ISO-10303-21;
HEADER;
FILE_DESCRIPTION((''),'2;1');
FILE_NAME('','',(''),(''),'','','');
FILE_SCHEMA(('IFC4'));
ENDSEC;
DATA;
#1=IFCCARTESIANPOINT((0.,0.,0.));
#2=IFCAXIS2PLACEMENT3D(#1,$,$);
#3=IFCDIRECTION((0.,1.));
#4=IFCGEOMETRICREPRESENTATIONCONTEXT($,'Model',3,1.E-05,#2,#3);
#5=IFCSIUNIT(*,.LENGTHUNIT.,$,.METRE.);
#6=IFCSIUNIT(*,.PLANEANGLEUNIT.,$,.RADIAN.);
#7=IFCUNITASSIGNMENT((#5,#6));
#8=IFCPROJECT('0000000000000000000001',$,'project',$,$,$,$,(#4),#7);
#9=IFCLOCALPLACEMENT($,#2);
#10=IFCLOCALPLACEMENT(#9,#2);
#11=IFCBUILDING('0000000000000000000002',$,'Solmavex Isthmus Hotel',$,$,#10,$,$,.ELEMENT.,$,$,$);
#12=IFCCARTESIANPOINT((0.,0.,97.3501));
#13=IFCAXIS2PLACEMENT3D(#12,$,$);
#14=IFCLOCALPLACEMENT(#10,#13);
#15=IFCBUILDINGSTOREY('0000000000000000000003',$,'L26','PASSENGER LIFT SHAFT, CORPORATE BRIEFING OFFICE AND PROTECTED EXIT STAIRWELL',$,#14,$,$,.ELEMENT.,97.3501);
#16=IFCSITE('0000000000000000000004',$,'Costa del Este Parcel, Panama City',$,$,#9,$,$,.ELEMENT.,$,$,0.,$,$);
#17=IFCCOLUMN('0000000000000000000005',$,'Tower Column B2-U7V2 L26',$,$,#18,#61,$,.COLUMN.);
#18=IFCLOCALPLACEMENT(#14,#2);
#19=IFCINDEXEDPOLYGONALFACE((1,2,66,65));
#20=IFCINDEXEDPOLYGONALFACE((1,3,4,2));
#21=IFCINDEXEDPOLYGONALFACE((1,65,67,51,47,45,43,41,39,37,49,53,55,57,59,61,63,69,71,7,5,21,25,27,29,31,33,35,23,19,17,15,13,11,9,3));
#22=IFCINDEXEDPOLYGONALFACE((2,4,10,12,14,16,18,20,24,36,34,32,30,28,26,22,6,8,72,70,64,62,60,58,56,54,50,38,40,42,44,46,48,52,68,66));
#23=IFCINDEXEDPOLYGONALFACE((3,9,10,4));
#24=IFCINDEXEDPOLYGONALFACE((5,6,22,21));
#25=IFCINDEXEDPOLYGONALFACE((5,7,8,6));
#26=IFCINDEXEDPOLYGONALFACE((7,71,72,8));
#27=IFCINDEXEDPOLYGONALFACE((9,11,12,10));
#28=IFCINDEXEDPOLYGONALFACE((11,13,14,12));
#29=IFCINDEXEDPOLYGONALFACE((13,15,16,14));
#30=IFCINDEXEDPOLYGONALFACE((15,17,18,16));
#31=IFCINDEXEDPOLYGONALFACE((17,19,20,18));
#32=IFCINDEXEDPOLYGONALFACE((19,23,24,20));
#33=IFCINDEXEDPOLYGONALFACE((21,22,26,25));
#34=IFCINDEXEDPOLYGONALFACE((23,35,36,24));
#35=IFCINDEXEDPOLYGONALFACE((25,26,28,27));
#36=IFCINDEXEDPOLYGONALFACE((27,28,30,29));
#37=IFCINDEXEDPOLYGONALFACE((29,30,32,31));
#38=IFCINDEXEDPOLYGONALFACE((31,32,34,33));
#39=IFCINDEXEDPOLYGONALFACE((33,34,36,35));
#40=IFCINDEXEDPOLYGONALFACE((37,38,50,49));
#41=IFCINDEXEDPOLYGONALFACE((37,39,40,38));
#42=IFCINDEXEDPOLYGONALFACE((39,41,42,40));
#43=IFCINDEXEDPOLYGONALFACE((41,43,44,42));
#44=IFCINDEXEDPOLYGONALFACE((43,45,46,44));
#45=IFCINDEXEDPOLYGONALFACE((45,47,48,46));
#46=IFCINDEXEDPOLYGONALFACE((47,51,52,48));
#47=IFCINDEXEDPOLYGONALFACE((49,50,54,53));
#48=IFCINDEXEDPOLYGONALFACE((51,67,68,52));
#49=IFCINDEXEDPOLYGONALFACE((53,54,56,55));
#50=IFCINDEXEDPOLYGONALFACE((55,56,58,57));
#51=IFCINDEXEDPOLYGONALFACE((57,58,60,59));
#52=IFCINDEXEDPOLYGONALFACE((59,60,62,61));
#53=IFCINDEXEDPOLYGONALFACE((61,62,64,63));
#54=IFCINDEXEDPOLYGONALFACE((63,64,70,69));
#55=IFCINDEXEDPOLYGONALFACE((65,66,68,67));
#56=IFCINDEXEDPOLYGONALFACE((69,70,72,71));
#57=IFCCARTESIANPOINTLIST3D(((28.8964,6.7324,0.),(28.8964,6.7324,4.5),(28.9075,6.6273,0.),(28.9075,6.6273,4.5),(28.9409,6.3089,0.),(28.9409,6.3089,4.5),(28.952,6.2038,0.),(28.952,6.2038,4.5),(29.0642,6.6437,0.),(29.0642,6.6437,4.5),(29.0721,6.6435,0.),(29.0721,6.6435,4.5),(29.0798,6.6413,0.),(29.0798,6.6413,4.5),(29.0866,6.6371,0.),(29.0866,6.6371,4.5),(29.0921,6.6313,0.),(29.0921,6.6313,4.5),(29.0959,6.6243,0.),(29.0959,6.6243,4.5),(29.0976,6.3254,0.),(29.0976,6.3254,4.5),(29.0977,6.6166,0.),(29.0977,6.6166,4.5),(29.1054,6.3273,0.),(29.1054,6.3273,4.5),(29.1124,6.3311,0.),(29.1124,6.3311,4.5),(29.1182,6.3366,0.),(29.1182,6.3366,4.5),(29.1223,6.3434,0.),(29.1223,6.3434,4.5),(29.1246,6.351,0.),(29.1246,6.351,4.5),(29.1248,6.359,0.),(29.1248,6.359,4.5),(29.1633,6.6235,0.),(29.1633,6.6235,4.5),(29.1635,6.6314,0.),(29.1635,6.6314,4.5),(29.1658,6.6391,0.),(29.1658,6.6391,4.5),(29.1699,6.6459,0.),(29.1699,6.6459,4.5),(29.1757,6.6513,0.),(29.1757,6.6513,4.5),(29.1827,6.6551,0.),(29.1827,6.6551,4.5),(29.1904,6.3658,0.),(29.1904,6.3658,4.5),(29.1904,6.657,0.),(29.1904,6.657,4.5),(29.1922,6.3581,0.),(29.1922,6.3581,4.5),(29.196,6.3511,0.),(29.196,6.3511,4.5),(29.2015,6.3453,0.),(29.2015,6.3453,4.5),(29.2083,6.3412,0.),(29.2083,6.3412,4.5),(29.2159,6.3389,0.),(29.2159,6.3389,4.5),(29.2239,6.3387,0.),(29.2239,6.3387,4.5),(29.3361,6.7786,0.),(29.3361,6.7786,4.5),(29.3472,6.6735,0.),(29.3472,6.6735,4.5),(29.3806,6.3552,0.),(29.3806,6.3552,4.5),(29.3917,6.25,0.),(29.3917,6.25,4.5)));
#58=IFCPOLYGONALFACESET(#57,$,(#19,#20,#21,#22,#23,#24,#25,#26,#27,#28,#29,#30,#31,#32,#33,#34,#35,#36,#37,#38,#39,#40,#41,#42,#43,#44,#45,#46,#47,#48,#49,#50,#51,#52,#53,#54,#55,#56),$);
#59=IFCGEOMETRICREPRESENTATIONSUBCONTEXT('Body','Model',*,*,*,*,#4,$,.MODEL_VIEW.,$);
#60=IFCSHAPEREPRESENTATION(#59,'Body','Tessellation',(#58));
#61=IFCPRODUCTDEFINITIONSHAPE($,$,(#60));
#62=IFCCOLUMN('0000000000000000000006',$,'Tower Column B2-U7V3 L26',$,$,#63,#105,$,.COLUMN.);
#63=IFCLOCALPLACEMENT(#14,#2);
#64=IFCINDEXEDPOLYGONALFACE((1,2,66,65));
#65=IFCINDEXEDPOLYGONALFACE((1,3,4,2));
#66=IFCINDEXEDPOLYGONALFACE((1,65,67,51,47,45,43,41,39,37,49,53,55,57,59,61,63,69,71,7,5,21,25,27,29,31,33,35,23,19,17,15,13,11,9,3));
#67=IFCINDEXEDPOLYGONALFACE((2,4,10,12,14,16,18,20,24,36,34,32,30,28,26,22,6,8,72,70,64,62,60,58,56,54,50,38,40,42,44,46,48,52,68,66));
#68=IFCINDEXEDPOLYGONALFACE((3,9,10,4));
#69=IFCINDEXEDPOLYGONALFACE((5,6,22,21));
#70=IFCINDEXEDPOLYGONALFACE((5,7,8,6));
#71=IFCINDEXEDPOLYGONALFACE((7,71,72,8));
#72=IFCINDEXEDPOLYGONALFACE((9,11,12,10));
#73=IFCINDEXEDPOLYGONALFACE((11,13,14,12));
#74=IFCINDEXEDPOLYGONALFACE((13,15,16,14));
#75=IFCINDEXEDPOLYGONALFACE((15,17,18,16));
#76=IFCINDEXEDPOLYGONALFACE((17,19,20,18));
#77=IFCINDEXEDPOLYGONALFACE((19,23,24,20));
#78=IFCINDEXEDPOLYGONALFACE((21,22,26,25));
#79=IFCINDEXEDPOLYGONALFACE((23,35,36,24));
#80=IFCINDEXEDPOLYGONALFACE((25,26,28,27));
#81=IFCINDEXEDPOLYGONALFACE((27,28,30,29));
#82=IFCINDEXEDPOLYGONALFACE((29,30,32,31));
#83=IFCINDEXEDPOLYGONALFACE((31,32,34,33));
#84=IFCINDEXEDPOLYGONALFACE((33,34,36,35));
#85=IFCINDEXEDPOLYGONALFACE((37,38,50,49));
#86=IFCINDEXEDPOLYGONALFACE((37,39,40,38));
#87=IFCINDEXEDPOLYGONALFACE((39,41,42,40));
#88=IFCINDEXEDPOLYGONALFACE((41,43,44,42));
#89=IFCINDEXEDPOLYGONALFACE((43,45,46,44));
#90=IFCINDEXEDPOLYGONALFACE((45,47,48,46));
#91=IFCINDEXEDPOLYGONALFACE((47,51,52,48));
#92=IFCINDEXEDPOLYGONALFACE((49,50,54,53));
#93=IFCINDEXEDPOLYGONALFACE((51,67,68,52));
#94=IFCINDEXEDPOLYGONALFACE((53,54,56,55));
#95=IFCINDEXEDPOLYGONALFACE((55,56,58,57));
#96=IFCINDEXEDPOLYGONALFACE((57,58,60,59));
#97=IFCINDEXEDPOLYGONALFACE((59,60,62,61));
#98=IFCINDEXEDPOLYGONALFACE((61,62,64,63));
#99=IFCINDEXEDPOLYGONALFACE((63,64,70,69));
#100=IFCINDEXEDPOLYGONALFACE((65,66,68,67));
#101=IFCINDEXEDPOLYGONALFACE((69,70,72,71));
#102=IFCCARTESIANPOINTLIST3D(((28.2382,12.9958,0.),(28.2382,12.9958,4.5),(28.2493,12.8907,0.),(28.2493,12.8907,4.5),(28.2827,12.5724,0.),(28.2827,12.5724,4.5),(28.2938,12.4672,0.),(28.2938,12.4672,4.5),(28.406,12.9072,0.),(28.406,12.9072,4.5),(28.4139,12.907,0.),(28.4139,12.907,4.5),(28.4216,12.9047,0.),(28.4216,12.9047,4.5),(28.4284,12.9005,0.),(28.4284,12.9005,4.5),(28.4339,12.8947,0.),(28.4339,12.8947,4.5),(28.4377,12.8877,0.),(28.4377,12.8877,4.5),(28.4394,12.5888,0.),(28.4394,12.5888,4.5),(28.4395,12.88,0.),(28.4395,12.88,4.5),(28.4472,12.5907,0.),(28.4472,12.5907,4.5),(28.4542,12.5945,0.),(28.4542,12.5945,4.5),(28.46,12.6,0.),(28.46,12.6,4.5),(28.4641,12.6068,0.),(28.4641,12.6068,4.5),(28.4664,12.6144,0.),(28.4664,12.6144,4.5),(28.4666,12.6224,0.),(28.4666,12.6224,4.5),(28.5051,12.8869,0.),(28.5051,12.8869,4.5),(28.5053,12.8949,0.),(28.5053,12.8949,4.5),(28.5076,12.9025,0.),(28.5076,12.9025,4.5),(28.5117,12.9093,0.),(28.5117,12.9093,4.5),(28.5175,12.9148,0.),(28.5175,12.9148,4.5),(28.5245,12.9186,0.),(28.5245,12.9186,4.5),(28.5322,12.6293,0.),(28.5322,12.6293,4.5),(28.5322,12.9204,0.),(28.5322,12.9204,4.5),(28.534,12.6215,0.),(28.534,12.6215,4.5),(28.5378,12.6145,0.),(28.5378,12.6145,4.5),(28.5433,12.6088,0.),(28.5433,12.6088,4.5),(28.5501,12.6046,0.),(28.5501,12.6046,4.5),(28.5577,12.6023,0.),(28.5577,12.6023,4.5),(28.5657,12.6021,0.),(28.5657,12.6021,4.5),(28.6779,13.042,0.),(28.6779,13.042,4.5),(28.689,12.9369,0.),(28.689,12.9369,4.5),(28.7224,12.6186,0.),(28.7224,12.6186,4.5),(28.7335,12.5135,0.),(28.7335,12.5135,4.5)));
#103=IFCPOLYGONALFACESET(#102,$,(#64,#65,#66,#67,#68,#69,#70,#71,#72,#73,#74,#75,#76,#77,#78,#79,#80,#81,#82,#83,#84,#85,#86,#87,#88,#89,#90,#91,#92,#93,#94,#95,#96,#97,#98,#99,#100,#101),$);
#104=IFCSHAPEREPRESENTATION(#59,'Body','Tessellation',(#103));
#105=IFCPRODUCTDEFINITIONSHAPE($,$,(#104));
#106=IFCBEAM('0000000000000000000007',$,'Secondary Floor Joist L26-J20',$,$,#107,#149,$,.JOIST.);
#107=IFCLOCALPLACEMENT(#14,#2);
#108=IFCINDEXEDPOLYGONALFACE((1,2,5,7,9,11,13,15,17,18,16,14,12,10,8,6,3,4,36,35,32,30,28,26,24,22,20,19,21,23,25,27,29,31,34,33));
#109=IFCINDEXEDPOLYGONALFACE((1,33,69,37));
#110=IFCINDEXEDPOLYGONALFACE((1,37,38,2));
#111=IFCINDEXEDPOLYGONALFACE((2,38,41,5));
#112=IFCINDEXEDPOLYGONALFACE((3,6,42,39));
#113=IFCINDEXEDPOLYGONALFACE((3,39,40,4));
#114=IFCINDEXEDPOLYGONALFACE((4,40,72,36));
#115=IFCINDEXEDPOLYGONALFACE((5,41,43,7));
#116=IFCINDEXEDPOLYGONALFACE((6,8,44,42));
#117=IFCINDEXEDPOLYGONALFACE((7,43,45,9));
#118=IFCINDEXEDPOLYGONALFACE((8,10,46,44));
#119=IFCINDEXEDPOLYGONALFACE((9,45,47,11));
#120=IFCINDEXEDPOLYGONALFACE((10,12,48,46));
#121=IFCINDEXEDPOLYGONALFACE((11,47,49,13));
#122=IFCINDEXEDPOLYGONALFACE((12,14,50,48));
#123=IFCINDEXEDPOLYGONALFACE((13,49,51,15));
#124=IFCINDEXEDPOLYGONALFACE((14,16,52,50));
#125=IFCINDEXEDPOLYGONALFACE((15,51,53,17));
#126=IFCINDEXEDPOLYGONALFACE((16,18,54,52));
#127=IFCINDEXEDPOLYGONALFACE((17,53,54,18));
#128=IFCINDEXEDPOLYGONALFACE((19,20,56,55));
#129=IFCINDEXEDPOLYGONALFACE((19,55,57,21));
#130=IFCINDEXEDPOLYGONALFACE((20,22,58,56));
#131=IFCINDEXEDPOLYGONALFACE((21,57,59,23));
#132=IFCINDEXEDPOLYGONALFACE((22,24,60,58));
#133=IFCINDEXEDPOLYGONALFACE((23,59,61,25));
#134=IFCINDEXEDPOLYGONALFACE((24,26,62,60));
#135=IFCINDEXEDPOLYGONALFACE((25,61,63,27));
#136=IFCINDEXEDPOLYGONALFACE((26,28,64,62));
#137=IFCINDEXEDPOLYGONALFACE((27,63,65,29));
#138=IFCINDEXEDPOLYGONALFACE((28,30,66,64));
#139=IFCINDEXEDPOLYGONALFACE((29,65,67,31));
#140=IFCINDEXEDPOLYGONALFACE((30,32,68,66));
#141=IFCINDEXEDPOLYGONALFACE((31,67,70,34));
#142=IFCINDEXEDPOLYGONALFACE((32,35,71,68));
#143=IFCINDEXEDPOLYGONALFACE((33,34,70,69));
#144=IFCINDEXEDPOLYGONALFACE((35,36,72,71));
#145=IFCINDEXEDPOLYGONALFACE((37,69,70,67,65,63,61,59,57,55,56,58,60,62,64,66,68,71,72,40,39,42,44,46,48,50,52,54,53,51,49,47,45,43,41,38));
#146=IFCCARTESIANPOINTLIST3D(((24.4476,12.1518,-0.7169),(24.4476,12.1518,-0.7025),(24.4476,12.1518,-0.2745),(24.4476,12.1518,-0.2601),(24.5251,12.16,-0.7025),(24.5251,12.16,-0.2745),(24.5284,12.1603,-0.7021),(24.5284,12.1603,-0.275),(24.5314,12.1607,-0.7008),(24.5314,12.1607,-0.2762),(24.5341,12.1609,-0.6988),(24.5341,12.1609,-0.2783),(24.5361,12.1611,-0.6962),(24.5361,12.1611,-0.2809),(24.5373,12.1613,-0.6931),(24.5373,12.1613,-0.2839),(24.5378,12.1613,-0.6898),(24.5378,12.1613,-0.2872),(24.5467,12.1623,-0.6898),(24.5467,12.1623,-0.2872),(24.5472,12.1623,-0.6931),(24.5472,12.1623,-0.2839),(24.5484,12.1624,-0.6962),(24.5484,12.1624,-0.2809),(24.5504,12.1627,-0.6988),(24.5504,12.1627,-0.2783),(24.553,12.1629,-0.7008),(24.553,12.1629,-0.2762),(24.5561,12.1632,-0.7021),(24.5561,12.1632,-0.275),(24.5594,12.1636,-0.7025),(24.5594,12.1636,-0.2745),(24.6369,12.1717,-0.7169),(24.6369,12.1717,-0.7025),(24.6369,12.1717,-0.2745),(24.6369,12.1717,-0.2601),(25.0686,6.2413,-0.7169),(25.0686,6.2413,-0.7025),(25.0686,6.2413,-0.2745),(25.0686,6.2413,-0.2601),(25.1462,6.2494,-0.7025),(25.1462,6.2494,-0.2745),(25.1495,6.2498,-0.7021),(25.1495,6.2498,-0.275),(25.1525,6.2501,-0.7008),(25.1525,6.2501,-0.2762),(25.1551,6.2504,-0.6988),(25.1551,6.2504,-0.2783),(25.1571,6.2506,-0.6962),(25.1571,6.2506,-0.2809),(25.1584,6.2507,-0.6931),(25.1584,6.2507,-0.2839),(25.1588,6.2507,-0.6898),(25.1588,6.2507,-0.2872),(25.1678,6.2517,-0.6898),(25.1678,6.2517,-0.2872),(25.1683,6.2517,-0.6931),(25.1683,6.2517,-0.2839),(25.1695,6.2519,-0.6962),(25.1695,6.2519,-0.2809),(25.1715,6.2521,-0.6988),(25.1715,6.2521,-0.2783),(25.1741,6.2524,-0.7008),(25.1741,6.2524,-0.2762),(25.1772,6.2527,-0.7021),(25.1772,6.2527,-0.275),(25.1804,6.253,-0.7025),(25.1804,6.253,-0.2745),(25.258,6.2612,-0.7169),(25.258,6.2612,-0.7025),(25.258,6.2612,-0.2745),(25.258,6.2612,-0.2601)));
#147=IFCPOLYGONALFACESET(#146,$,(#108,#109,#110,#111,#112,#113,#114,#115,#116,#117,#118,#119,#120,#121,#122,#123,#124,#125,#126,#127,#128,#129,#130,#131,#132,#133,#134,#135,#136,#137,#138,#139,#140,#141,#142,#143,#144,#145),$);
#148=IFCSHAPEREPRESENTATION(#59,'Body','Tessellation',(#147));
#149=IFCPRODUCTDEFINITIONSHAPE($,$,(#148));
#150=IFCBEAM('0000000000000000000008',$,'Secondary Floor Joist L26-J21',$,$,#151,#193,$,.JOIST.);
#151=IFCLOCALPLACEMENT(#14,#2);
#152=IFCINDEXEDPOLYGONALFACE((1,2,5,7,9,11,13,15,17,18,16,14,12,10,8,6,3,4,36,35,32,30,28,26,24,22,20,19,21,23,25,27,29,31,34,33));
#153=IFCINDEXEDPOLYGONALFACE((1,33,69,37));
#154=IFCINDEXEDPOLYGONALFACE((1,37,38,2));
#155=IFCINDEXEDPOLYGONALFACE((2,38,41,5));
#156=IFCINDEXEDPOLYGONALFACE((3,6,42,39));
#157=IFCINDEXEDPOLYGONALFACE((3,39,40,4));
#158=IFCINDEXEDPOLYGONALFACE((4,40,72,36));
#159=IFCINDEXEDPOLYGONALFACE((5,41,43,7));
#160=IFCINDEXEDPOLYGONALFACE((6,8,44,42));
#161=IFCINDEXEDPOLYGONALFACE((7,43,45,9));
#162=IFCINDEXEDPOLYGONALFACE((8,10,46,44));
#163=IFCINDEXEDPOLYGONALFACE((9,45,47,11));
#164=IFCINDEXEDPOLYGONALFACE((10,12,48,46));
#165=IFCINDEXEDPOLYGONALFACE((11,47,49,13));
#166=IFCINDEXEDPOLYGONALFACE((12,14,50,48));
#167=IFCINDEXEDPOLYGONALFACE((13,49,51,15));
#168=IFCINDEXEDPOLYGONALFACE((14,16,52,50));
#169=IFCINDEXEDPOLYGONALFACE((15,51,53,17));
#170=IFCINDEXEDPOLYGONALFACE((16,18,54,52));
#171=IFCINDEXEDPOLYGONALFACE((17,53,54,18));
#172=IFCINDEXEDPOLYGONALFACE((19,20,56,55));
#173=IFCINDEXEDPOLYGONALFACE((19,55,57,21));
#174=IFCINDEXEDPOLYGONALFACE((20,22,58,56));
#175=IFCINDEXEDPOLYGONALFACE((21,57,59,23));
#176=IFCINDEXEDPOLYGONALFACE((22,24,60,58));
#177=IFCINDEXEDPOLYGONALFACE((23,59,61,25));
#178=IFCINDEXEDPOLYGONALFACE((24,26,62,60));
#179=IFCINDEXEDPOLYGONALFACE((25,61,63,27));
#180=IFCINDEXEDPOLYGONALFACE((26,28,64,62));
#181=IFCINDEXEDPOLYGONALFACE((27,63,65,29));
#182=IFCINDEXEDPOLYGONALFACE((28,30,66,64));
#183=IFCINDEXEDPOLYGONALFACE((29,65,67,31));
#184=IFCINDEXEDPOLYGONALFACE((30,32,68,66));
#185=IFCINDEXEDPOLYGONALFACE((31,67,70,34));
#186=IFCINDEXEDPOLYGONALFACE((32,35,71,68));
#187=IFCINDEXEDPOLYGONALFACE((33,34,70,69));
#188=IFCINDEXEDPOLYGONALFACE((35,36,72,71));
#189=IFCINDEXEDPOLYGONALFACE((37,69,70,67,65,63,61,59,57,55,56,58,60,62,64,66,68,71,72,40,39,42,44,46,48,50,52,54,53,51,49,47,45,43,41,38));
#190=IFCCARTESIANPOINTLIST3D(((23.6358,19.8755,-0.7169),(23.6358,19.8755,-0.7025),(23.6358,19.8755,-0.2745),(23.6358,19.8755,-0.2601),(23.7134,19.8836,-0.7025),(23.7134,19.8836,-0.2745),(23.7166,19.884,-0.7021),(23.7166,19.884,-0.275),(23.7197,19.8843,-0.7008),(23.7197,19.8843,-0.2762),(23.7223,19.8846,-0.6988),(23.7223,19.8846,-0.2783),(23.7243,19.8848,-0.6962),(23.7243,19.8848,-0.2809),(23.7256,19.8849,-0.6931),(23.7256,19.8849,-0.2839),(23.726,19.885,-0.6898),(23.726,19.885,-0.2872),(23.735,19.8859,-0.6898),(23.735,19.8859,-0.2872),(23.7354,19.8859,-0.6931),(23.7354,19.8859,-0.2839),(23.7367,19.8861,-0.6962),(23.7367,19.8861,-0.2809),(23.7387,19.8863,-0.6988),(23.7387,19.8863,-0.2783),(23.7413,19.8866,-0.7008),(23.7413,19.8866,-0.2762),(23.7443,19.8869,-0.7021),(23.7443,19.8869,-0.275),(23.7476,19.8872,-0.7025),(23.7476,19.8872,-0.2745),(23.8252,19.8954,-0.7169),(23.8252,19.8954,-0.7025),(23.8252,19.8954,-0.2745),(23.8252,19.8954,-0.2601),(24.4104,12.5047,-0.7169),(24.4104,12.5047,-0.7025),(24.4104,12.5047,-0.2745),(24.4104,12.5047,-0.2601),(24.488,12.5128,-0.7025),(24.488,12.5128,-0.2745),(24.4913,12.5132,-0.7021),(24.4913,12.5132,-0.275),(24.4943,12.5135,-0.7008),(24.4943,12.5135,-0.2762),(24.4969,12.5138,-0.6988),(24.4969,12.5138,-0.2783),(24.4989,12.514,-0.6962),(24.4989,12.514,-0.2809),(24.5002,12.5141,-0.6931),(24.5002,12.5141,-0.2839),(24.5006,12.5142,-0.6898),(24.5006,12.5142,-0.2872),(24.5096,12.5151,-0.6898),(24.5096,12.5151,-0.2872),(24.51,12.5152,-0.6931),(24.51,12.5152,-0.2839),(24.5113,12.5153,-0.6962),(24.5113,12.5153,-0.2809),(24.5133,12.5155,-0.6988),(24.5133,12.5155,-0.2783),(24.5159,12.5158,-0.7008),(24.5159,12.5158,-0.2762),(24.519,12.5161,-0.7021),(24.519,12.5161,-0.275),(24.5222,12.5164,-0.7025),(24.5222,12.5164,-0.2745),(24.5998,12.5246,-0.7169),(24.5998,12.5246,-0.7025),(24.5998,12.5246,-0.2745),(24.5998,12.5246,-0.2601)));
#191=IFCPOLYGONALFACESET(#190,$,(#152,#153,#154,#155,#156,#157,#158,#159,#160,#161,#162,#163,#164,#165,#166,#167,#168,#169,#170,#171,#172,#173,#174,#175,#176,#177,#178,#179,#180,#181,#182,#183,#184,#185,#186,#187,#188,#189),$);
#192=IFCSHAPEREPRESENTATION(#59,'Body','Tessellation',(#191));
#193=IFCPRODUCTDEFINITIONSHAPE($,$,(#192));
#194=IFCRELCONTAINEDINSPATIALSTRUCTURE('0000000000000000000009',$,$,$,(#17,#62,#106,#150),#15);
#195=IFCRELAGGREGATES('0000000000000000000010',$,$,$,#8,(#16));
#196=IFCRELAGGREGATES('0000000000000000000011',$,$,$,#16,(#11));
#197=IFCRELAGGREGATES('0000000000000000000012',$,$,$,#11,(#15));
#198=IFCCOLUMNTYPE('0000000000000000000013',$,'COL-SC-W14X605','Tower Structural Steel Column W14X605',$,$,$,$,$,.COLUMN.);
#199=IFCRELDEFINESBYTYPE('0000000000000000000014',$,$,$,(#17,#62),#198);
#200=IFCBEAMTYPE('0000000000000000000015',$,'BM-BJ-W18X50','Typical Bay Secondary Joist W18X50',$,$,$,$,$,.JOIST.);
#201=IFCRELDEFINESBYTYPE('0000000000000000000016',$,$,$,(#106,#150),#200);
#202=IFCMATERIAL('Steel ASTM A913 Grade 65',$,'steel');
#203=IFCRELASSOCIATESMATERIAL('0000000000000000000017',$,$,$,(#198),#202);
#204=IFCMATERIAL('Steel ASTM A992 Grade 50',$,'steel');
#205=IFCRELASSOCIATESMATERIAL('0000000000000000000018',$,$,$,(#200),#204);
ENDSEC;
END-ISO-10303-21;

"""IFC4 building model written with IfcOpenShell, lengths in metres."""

from ifc_helpers import new_model, si_unit, direction, frame, origin, origin_2d, place, context, subcontext, project, spatial, i_section, extrude, material, material_profile, profile_set, type_object, element, save


model = new_model("IFC4")

# Units and contexts
model_context = context("Model", 3, precision=1e-05, world=origin(), true_north=direction((0.0, 1.0)))
body_context = subcontext(model_context, "Body", "Model", "MODEL_VIEW")
ifc_project = project(units=[si_unit("LENGTHUNIT", "METRE"), si_unit("PLANEANGLEUNIT", "RADIAN")], contexts=[model_context])

# Site, building, storey
site_placement = place(None, origin())
site = spatial("IfcSite", under=ifc_project, at=site_placement, Name="Costa del Este Parcel, Panama City", CompositionType="ELEMENT", RefElevation=0.0)
building_placement = place(site_placement, origin())
building = spatial("IfcBuilding", under=site, at=building_placement, Name="Solmavex Isthmus Hotel", CompositionType="ELEMENT")
storey_placement = place(building_placement, frame((0.0, 0.0, 97.3501)))
storey = spatial("IfcBuildingStorey", under=building, at=storey_placement, Name="L26", Description="PASSENGER LIFT SHAFT, CORPORATE BRIEFING OFFICE AND PROTECTED EXIT STAIRWELL", CompositionType="ELEMENT", Elevation=97.3501)

# Columns
ifc_material_1 = material(Name="Steel ASTM A913 Grade 65", Category="steel")
ifc_material_profile_1 = material_profile(ifc_material_1, i_section(OverallWidth=0.4421, OverallDepth=0.5315, WebThickness=0.0659, FlangeThickness=0.1057, FilletRadius=0.0305, at=origin_2d()), Name="W14X605")
ifc_profile_set_1 = profile_set([ifc_material_profile_1], Name="Steel ASTM A913 Grade 65")
column_type = type_object("IfcColumnType", Name="COL-SC-W14X605", Description="Tower Structural Steel Column W14X605", PredefinedType="COLUMN", material=ifc_profile_set_1)
for number, where, z_axis, x_axis, name in (
    (1, (29.144, 6.4912, 0.0), (0.0, 0.0, 1.0), (0.994522, 0.104528, 0.0), "Tower Column B2-U7V2 L26"),
    (2, (28.4858, 12.7546, 0.0), (0.0, 0.0, 1.0), (0.994522, 0.104528, 0.0), "Tower Column B2-U7V3 L26"),
):
    element("IfcColumn", number, at=place(storey_placement, frame(where, z_axis=z_axis, x_axis=x_axis)), inside=storey, type_object=column_type, Name=name, PredefinedType="COLUMN", context=body_context, shape_type="SweptSolid", body=[
        extrude(i_section(OverallWidth=0.4421, OverallDepth=0.5315, WebThickness=0.0659, FlangeThickness=0.1057, FilletRadius=0.0305, at=origin_2d()), origin(), (0.0, 0.0, 1.0), 4.5),
    ])

# Beams
ifc_material_2 = material(Name="Steel ASTM A992 Grade 50", Category="steel")
ifc_material_profile_2 = material_profile(ifc_material_2, i_section(OverallWidth=0.1904, OverallDepth=0.4568, WebThickness=0.009, FlangeThickness=0.0144, FilletRadius=0.0127, at=origin_2d()), Name="W18X50")
ifc_profile_set_2 = profile_set([ifc_material_profile_2], Name="Steel ASTM A992 Grade 50")
beam_type_1 = type_object("IfcBeamType", Name="BM-BJ-W18X50", Description="Typical Bay Secondary Joist W18X50", PredefinedType="JOIST", material=ifc_profile_set_2)
beam_1_placement = place(storey_placement, frame((25.1633, 6.2512, -0.4885), z_axis=(-0.104505, 0.994524, 0.0), x_axis=(-0.994524, -0.104505, 0.0)))
element("IfcBeam", 3, at=beam_1_placement, inside=storey, type_object=beam_type_1, Name="Secondary Floor Joist L26-J20", PredefinedType="JOIST", context=body_context, shape_type="SweptSolid", body=[
    extrude(i_section(OverallWidth=0.1904, OverallDepth=0.4568, WebThickness=0.009, FlangeThickness=0.0144, FilletRadius=0.0127, at=origin_2d()), origin(), (0.0, 0.0, 1.0), 5.9431),
])
beam_2_placement = place(storey_placement, frame((24.5051, 12.5146, -0.4885), z_axis=(-0.104522, 0.994523, 0.0), x_axis=(-0.994523, -0.104522, 0.0)))
element("IfcBeam", 4, at=beam_2_placement, inside=storey, type_object=beam_type_1, Name="Secondary Floor Joist L26-J21", PredefinedType="JOIST", context=body_context, shape_type="SweptSolid", body=[
    extrude(i_section(OverallWidth=0.1904, OverallDepth=0.4568, WebThickness=0.009, FlangeThickness=0.0144, FilletRadius=0.0127, at=origin_2d()), origin(), (0.0, 0.0, 1.0), 7.4114),
])

save(model, "model.ifc")
